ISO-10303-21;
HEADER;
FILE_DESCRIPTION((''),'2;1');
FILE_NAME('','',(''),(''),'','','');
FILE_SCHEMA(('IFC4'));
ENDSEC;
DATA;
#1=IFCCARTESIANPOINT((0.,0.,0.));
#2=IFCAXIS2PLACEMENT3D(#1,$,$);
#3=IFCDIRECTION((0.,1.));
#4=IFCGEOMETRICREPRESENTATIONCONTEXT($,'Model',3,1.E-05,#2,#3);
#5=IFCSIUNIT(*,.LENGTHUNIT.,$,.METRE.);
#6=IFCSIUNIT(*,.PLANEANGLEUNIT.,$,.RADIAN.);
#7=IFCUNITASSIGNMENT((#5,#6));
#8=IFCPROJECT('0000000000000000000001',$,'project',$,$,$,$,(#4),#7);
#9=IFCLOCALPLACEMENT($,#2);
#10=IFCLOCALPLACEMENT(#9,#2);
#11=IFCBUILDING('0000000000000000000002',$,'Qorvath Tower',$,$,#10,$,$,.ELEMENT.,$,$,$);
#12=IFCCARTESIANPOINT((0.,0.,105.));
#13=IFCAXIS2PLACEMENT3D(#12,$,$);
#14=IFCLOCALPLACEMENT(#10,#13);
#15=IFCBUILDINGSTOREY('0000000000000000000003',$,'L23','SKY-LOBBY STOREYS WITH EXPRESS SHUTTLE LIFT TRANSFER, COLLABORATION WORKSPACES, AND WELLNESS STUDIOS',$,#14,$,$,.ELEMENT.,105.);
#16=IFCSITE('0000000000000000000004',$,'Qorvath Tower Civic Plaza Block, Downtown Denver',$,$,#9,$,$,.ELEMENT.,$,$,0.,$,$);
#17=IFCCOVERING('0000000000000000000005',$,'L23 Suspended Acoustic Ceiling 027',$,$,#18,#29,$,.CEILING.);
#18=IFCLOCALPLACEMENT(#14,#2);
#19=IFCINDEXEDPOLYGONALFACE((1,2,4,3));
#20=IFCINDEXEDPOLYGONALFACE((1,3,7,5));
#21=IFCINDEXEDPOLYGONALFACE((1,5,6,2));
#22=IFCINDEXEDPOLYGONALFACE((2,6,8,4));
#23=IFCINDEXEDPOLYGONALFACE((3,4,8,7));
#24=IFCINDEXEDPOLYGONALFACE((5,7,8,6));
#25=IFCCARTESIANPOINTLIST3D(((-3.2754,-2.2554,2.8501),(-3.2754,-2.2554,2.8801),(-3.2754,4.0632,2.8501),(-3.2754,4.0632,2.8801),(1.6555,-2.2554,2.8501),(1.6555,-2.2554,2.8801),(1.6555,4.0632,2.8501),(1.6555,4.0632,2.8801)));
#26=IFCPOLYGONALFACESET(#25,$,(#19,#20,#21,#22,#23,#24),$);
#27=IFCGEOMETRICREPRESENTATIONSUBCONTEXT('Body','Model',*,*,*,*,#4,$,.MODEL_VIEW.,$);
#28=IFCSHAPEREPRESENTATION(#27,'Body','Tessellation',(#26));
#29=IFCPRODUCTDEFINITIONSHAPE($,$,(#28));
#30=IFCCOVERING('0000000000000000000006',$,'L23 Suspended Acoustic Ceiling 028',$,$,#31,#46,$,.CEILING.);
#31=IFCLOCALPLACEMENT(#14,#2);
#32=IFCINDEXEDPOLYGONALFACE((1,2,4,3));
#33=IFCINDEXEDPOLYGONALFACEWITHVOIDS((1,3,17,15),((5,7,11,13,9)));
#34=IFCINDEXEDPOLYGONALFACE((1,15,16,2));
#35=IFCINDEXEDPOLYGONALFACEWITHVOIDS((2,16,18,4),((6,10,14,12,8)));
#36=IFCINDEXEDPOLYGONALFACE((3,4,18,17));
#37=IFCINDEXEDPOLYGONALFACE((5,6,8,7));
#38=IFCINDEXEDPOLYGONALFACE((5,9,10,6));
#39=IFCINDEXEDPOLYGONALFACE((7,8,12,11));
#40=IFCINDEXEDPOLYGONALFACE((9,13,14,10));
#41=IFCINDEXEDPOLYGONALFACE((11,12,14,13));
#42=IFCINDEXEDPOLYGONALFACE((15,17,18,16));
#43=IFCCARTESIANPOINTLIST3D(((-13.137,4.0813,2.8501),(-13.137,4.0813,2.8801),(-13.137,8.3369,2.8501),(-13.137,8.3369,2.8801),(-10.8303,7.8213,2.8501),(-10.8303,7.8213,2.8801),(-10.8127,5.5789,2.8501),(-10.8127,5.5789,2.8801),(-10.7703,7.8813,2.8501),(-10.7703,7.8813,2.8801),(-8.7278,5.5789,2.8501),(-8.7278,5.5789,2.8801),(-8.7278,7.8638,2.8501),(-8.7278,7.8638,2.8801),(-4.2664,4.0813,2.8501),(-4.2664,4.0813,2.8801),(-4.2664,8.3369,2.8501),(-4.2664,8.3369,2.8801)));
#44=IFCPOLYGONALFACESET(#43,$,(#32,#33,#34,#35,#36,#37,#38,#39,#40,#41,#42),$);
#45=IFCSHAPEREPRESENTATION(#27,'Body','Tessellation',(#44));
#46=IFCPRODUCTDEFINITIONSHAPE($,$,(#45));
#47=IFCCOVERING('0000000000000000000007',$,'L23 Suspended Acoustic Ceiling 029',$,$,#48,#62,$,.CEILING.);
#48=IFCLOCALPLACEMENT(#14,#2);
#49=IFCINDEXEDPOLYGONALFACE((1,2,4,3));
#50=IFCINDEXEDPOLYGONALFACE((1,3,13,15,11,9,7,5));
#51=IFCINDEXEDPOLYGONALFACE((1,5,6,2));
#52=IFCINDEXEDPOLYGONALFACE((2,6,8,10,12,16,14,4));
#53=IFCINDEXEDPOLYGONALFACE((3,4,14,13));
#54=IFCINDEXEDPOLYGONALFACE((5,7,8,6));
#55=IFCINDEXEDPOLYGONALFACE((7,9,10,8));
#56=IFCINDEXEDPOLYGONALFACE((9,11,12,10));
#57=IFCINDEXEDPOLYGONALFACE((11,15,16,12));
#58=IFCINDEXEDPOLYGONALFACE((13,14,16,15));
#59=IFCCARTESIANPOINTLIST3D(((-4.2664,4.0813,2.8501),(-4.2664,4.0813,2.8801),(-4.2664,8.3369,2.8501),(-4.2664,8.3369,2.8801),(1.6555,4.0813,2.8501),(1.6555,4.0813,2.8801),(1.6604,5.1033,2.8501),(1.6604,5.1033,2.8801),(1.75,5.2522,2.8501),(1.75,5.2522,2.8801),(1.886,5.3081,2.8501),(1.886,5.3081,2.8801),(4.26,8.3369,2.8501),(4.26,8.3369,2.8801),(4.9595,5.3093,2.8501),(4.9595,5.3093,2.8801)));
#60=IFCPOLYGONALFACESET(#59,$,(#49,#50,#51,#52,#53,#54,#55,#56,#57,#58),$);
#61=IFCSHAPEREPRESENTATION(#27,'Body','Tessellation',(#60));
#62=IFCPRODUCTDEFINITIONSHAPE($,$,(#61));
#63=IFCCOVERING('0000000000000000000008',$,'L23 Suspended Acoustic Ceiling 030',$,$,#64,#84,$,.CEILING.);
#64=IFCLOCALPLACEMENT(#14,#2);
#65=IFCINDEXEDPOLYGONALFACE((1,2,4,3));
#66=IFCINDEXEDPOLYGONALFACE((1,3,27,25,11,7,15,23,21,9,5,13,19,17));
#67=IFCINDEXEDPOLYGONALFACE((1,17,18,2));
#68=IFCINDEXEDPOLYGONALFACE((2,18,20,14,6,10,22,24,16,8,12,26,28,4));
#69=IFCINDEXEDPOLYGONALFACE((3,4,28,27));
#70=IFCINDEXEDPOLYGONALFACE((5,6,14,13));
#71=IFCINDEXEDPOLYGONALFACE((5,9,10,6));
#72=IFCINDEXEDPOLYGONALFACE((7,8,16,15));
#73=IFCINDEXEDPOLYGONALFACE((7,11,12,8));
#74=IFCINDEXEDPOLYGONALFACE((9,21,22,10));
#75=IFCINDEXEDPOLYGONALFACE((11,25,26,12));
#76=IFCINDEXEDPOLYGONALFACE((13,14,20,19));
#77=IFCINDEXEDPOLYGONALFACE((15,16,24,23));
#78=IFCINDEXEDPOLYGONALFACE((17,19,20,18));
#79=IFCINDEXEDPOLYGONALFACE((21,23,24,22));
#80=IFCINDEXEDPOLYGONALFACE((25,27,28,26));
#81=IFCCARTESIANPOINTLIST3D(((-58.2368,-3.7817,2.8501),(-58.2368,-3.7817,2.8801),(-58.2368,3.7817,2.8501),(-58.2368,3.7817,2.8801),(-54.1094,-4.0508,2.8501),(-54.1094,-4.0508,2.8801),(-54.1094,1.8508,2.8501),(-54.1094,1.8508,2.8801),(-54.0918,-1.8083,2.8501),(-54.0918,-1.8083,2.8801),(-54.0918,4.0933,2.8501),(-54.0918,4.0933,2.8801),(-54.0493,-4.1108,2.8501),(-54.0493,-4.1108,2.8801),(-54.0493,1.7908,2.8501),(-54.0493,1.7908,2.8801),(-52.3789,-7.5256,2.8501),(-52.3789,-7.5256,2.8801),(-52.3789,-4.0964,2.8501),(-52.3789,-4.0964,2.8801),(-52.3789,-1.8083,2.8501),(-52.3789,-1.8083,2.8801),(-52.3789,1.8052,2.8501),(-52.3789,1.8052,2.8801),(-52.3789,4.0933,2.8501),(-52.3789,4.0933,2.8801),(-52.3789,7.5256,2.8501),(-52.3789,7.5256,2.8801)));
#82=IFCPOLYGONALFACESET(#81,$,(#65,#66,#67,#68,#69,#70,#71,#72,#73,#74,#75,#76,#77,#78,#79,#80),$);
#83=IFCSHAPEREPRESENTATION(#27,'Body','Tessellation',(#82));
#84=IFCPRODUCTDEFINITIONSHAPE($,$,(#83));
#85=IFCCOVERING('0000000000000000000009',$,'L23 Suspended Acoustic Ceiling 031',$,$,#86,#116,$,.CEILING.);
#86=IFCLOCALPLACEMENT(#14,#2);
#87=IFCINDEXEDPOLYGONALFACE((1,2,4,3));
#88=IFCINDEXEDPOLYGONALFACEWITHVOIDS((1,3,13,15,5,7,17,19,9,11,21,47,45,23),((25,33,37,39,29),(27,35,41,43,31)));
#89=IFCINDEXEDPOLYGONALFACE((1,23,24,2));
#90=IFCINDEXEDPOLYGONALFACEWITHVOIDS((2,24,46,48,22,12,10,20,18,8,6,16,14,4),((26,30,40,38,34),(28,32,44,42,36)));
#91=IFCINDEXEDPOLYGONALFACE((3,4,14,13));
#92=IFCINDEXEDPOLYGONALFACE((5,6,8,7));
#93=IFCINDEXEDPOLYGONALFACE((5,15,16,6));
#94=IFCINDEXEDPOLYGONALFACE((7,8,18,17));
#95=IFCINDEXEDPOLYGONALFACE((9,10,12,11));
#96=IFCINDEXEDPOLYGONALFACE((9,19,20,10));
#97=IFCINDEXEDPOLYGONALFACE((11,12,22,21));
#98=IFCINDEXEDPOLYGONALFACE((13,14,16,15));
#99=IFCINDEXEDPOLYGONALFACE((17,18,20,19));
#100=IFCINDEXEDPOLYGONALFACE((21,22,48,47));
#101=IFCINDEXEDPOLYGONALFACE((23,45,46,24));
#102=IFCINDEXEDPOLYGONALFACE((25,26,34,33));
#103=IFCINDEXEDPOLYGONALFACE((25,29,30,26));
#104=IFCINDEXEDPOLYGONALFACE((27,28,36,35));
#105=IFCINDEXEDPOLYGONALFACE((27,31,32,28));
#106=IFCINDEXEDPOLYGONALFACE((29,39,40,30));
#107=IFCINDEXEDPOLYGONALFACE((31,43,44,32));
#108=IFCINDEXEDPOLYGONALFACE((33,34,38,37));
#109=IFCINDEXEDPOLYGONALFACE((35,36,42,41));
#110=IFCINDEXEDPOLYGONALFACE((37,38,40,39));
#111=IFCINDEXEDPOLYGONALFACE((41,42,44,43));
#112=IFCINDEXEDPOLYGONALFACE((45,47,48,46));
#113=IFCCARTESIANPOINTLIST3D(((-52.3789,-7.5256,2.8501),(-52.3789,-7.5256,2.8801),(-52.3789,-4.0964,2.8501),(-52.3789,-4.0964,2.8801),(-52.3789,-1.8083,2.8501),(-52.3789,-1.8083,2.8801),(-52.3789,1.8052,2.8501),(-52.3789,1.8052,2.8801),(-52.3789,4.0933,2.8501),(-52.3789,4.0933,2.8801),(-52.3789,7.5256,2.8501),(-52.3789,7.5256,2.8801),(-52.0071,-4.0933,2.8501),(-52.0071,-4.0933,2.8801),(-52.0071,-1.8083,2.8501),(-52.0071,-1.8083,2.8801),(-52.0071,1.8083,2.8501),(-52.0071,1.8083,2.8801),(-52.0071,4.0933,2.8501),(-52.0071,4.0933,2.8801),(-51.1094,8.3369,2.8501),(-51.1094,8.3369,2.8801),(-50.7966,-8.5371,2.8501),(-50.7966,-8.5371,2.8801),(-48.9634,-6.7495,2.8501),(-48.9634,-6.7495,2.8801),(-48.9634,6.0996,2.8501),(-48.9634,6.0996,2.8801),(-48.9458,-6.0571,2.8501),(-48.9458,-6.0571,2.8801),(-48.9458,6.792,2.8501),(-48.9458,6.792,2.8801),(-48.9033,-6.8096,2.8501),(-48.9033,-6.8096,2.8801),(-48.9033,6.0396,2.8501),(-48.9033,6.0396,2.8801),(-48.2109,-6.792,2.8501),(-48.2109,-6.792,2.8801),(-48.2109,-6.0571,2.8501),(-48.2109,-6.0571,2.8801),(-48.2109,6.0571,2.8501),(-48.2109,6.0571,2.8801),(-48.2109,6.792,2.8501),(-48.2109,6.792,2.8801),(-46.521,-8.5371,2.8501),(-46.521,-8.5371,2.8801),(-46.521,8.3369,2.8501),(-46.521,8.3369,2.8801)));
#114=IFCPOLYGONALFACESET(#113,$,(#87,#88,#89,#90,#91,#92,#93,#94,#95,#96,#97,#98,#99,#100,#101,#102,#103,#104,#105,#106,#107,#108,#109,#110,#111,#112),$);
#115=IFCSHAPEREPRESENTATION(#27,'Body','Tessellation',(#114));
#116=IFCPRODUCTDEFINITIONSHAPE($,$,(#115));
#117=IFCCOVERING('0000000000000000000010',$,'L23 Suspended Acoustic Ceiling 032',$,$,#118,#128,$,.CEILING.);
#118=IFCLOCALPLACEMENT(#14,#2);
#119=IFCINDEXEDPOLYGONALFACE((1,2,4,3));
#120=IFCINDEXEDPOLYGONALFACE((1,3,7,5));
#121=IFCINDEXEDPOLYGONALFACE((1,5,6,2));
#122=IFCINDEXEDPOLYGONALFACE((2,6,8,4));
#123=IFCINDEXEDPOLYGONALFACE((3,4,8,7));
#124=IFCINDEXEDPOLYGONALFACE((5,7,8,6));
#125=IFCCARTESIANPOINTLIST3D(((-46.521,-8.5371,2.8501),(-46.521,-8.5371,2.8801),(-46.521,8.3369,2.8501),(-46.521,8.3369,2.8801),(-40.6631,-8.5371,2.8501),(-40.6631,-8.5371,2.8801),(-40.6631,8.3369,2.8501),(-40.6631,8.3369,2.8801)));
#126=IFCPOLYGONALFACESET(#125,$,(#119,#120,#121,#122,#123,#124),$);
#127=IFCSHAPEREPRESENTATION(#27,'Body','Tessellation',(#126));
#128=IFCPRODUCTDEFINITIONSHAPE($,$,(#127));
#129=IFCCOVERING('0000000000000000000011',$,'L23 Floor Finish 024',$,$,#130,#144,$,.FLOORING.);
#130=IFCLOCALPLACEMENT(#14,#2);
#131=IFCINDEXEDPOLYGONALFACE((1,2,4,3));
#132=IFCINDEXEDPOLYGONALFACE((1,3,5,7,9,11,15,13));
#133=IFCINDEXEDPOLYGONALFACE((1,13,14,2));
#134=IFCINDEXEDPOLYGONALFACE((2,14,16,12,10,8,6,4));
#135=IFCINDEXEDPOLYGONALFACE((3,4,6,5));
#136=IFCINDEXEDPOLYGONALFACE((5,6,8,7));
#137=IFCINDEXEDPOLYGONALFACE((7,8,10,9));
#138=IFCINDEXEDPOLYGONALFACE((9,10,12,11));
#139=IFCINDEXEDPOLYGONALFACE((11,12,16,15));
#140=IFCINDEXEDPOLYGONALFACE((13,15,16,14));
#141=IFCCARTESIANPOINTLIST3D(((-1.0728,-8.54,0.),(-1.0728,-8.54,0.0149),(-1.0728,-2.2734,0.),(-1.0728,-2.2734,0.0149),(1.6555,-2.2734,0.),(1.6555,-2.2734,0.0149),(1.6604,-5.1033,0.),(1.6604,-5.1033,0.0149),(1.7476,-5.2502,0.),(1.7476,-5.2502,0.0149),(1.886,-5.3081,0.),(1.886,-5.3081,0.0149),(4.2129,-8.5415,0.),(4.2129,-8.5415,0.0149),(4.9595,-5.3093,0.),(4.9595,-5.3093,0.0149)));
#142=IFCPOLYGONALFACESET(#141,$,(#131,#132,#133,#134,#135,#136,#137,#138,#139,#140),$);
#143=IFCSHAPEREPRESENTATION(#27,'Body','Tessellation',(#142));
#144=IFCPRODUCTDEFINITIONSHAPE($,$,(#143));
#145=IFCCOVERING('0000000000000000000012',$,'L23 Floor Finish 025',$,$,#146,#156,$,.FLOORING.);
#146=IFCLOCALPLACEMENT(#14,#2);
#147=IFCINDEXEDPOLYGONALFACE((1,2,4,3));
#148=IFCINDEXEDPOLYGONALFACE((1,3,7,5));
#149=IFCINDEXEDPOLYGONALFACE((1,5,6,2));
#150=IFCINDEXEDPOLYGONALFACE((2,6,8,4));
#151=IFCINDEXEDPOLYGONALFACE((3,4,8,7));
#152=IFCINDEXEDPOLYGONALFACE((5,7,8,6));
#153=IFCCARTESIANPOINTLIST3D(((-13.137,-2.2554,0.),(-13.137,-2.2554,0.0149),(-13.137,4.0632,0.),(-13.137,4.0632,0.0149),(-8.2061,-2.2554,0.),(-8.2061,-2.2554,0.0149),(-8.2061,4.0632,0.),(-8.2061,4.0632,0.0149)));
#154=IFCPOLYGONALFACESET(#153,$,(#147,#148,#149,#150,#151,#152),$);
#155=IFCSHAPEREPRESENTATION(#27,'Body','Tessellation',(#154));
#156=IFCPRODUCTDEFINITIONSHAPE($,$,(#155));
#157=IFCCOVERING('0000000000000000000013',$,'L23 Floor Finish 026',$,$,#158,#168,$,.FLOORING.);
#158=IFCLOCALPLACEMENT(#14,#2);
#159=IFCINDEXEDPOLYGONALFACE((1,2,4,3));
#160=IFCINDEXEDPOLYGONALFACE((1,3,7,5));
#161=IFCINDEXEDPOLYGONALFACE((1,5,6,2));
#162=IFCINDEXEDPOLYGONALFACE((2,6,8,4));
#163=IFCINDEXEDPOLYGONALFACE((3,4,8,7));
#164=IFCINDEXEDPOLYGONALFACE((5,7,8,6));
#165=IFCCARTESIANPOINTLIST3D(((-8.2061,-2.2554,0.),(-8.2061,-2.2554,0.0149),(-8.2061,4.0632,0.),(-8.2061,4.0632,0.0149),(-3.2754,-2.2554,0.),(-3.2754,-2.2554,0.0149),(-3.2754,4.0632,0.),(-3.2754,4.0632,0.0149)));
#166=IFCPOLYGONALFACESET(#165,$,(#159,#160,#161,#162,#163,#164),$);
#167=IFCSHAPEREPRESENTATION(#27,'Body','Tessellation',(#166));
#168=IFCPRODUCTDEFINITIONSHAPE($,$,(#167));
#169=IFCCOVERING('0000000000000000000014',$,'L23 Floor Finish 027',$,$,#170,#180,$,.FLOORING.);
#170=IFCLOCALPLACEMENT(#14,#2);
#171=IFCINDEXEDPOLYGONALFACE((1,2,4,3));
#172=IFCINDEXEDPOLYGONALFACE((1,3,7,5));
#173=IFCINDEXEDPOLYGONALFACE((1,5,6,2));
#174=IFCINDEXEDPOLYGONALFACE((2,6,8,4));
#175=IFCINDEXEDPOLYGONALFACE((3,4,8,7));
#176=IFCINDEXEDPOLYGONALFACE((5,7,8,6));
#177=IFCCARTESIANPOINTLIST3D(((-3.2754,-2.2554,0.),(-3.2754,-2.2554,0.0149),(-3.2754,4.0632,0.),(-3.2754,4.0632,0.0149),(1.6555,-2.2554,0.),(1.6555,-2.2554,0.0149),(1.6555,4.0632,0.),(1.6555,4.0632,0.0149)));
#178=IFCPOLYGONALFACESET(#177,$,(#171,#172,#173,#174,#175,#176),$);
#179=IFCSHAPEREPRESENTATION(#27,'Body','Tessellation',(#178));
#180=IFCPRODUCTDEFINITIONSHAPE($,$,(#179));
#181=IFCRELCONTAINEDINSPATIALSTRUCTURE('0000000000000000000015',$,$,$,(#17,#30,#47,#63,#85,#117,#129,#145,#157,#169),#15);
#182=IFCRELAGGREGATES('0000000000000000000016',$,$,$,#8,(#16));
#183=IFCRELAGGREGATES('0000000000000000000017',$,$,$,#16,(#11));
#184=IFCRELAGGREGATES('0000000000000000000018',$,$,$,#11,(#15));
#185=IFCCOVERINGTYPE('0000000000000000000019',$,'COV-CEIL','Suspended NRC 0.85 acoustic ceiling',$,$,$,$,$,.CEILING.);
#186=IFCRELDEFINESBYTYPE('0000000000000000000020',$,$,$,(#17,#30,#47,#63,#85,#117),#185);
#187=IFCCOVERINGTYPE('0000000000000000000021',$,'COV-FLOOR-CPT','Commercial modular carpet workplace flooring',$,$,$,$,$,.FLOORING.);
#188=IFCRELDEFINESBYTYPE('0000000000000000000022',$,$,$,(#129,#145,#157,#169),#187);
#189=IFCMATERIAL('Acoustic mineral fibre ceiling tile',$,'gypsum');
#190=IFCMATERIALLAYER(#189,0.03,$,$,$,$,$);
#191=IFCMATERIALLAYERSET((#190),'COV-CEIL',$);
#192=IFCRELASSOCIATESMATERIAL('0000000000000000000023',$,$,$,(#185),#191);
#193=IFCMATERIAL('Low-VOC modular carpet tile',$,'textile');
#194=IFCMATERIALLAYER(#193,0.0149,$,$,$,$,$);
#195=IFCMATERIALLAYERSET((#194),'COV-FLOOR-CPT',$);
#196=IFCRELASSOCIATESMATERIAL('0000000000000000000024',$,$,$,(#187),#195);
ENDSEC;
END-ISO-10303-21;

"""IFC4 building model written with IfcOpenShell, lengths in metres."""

from ifc_helpers import new_model, si_unit, direction, frame, origin, place, context, subcontext, project, spatial, polyline, outline, extrude, material, layer, layer_set, type_object, element, save


model = new_model("IFC4")

# Units and contexts
model_context = context("Model", 3, precision=1e-05, world=origin(), true_north=direction((0.0, 1.0)))
body_context = subcontext(model_context, "Body", "Model", "MODEL_VIEW")
ifc_project = project(units=[si_unit("LENGTHUNIT", "METRE"), si_unit("PLANEANGLEUNIT", "RADIAN")], contexts=[model_context])

# Site, building, storey
site_placement = place(None, origin())
site = spatial("IfcSite", under=ifc_project, at=site_placement, Name="Qorvath Tower Civic Plaza Block, Downtown Denver", CompositionType="ELEMENT", RefElevation=0.0)
building_placement = place(site_placement, origin())
building = spatial("IfcBuilding", under=site, at=building_placement, Name="Qorvath Tower", CompositionType="ELEMENT")
storey_placement = place(building_placement, frame((0.0, 0.0, 105.0)))
storey = spatial("IfcBuildingStorey", under=building, at=storey_placement, Name="L23", Description="SKY-LOBBY STOREYS WITH EXPRESS SHUTTLE LIFT TRANSFER, COLLABORATION WORKSPACES, AND WELLNESS STUDIOS", CompositionType="ELEMENT", Elevation=105.0)

# Coverings
ifc_material_1 = material(Name="Acoustic mineral fibre ceiling tile", Category="gypsum")
ifc_layer_1 = layer(ifc_material_1, 0.03)
ifc_layer_set_1 = layer_set([ifc_layer_1], Name="COV-CEIL")
covering_type_1 = type_object("IfcCoveringType", Name="COV-CEIL", Description="Suspended NRC 0.85 acoustic ceiling", PredefinedType="CEILING", material=ifc_layer_set_1)
covering_1_placement = place(storey_placement, frame((0.0, 0.0, 2.8501)))
element("IfcCovering", 1, at=covering_1_placement, inside=storey, type_object=covering_type_1, Name="L23 Suspended Acoustic Ceiling 027", PredefinedType="CEILING", context=body_context, shape_type="SweptSolid", body=[
    extrude(outline(polyline([(-3.2754, 4.0632), (-3.2754, -2.2554), (1.6555, -2.2554), (1.6555, 4.0632), (-3.2754, 4.0632)])), origin(), (0.0, 0.0, 1.0), 0.03),
])
covering_2_placement = place(storey_placement, frame((0.0, 0.0, 2.8501)))
element("IfcCovering", 2, at=covering_2_placement, inside=storey, type_object=covering_type_1, Name="L23 Suspended Acoustic Ceiling 028", PredefinedType="CEILING", context=body_context, shape_type="SweptSolid", body=[
    extrude(outline(polyline([(-4.2664, 4.0813), (-4.2664, 8.3369), (-13.137, 8.3369), (-13.137, 4.0813), (-4.2664, 4.0813)]), holes=[polyline([(-10.8303, 7.8213), (-10.7703, 7.8813), (-8.7278, 7.8638), (-8.7278, 5.5789), (-10.8127, 5.5789), (-10.8303, 7.8213)])]), origin(), (0.0, 0.0, 1.0), 0.03),
])
covering_3_placement = place(storey_placement, frame((0.0, 0.0, 2.8501)))
element("IfcCovering", 3, at=covering_3_placement, inside=storey, type_object=covering_type_1, Name="L23 Suspended Acoustic Ceiling 029", PredefinedType="CEILING", context=body_context, shape_type="SweptSolid", body=[
    extrude(outline(polyline([(1.75, 5.2522), (1.886, 5.3081), (4.9595, 5.3093), (4.26, 8.3369), (-4.2664, 8.3369), (-4.2664, 4.0813), (1.6555, 4.0813), (1.6604, 5.1033), (1.75, 5.2522)])), origin(), (0.0, 0.0, 1.0), 0.03),
])
covering_4_placement = place(storey_placement, frame((0.0, 0.0, 2.8501)))
element("IfcCovering", 4, at=covering_4_placement, inside=storey, type_object=covering_type_1, Name="L23 Suspended Acoustic Ceiling 030", PredefinedType="CEILING", context=body_context, shape_type="SweptSolid", body=[
    extrude(outline(polyline([(-52.3789, -7.5256), (-52.3789, -4.0964), (-54.0493, -4.1108), (-54.1094, -4.0508), (-54.0918, -1.8083), (-52.3789, -1.8083), (-52.3789, 1.8052), (-54.0493, 1.7908), (-54.1094, 1.8508), (-54.0918, 4.0933), (-52.3789, 4.0933), (-52.3789, 7.5256), (-58.2368, 3.7817), (-58.2368, -3.7817), (-52.3789, -7.5256)])), origin(), (0.0, 0.0, 1.0), 0.03),
])
covering_5_placement = place(storey_placement, frame((0.0, 0.0, 2.8501)))
element("IfcCovering", 5, at=covering_5_placement, inside=storey, type_object=covering_type_1, Name="L23 Suspended Acoustic Ceiling 031", PredefinedType="CEILING", context=body_context, shape_type="SweptSolid", body=[
    extrude(outline(polyline([(-46.521, -8.5371), (-46.521, 8.3369), (-51.1094, 8.3369), (-52.3789, 7.5256), (-52.3789, 4.0933), (-52.0071, 4.0933), (-52.0071, 1.8083), (-52.3789, 1.8052), (-52.3789, -1.8083), (-52.0071, -1.8083), (-52.0071, -4.0933), (-52.3789, -4.0964), (-52.3789, -7.5256), (-50.7966, -8.5371), (-46.521, -8.5371)]), holes=[polyline([(-48.9634, -6.7495), (-48.9458, -6.0571), (-48.2109, -6.0571), (-48.2109, -6.792), (-48.9033, -6.8096), (-48.9634, -6.7495)]), polyline([(-48.9634, 6.0996), (-48.9458, 6.792), (-48.2109, 6.792), (-48.2109, 6.0571), (-48.9033, 6.0396), (-48.9634, 6.0996)])]), origin(), (0.0, 0.0, 1.0), 0.03),
])
covering_6_placement = place(storey_placement, frame((0.0, 0.0, 2.8501)))
element("IfcCovering", 6, at=covering_6_placement, inside=storey, type_object=covering_type_1, Name="L23 Suspended Acoustic Ceiling 032", PredefinedType="CEILING", context=body_context, shape_type="SweptSolid", body=[
    extrude(outline(polyline([(-40.6631, 8.3369), (-46.521, 8.3369), (-46.521, -8.5371), (-40.6631, -8.5371), (-40.6631, 8.3369)])), origin(), (0.0, 0.0, 1.0), 0.03),
])
ifc_material_2 = material(Name="Low-VOC modular carpet tile", Category="textile")
ifc_layer_2 = layer(ifc_material_2, 0.0149)
ifc_layer_set_2 = layer_set([ifc_layer_2], Name="COV-FLOOR-CPT")
covering_type_2 = type_object("IfcCoveringType", Name="COV-FLOOR-CPT", Description="Commercial modular carpet workplace flooring", PredefinedType="FLOORING", material=ifc_layer_set_2)
covering_7_placement = place(storey_placement, origin())
element("IfcCovering", 7, at=covering_7_placement, inside=storey, type_object=covering_type_2, Name="L23 Floor Finish 024", PredefinedType="FLOORING", context=body_context, shape_type="SweptSolid", body=[
    extrude(outline(polyline([(1.7476, -5.2502), (1.6604, -5.1033), (1.6555, -2.2734), (-1.0728, -2.2734), (-1.0728, -8.54), (4.2129, -8.5415), (4.9595, -5.3093), (1.886, -5.3081), (1.7476, -5.2502)])), origin(), (0.0, 0.0, 1.0), 0.0149),
])
covering_8_placement = place(storey_placement, origin())
element("IfcCovering", 8, at=covering_8_placement, inside=storey, type_object=covering_type_2, Name="L23 Floor Finish 025", PredefinedType="FLOORING", context=body_context, shape_type="SweptSolid", body=[
    extrude(outline(polyline([(-13.137, -2.2554), (-8.2061, -2.2554), (-8.2061, 4.0632), (-13.137, 4.0632), (-13.137, -2.2554)])), origin(), (0.0, 0.0, 1.0), 0.0149),
])
covering_9_placement = place(storey_placement, origin())
element("IfcCovering", 9, at=covering_9_placement, inside=storey, type_object=covering_type_2, Name="L23 Floor Finish 026", PredefinedType="FLOORING", context=body_context, shape_type="SweptSolid", body=[
    extrude(outline(polyline([(-8.2061, 4.0632), (-8.2061, -2.2554), (-3.2754, -2.2554), (-3.2754, 4.0632), (-8.2061, 4.0632)])), origin(), (0.0, 0.0, 1.0), 0.0149),
])
covering_10_placement = place(storey_placement, origin())
element("IfcCovering", 10, at=covering_10_placement, inside=storey, type_object=covering_type_2, Name="L23 Floor Finish 027", PredefinedType="FLOORING", context=body_context, shape_type="SweptSolid", body=[
    extrude(outline(polyline([(-3.2754, 4.0632), (-3.2754, -2.2554), (1.6555, -2.2554), (1.6555, 4.0632), (-3.2754, 4.0632)])), origin(), (0.0, 0.0, 1.0), 0.0149),
])

save(model, "model.ifc")
